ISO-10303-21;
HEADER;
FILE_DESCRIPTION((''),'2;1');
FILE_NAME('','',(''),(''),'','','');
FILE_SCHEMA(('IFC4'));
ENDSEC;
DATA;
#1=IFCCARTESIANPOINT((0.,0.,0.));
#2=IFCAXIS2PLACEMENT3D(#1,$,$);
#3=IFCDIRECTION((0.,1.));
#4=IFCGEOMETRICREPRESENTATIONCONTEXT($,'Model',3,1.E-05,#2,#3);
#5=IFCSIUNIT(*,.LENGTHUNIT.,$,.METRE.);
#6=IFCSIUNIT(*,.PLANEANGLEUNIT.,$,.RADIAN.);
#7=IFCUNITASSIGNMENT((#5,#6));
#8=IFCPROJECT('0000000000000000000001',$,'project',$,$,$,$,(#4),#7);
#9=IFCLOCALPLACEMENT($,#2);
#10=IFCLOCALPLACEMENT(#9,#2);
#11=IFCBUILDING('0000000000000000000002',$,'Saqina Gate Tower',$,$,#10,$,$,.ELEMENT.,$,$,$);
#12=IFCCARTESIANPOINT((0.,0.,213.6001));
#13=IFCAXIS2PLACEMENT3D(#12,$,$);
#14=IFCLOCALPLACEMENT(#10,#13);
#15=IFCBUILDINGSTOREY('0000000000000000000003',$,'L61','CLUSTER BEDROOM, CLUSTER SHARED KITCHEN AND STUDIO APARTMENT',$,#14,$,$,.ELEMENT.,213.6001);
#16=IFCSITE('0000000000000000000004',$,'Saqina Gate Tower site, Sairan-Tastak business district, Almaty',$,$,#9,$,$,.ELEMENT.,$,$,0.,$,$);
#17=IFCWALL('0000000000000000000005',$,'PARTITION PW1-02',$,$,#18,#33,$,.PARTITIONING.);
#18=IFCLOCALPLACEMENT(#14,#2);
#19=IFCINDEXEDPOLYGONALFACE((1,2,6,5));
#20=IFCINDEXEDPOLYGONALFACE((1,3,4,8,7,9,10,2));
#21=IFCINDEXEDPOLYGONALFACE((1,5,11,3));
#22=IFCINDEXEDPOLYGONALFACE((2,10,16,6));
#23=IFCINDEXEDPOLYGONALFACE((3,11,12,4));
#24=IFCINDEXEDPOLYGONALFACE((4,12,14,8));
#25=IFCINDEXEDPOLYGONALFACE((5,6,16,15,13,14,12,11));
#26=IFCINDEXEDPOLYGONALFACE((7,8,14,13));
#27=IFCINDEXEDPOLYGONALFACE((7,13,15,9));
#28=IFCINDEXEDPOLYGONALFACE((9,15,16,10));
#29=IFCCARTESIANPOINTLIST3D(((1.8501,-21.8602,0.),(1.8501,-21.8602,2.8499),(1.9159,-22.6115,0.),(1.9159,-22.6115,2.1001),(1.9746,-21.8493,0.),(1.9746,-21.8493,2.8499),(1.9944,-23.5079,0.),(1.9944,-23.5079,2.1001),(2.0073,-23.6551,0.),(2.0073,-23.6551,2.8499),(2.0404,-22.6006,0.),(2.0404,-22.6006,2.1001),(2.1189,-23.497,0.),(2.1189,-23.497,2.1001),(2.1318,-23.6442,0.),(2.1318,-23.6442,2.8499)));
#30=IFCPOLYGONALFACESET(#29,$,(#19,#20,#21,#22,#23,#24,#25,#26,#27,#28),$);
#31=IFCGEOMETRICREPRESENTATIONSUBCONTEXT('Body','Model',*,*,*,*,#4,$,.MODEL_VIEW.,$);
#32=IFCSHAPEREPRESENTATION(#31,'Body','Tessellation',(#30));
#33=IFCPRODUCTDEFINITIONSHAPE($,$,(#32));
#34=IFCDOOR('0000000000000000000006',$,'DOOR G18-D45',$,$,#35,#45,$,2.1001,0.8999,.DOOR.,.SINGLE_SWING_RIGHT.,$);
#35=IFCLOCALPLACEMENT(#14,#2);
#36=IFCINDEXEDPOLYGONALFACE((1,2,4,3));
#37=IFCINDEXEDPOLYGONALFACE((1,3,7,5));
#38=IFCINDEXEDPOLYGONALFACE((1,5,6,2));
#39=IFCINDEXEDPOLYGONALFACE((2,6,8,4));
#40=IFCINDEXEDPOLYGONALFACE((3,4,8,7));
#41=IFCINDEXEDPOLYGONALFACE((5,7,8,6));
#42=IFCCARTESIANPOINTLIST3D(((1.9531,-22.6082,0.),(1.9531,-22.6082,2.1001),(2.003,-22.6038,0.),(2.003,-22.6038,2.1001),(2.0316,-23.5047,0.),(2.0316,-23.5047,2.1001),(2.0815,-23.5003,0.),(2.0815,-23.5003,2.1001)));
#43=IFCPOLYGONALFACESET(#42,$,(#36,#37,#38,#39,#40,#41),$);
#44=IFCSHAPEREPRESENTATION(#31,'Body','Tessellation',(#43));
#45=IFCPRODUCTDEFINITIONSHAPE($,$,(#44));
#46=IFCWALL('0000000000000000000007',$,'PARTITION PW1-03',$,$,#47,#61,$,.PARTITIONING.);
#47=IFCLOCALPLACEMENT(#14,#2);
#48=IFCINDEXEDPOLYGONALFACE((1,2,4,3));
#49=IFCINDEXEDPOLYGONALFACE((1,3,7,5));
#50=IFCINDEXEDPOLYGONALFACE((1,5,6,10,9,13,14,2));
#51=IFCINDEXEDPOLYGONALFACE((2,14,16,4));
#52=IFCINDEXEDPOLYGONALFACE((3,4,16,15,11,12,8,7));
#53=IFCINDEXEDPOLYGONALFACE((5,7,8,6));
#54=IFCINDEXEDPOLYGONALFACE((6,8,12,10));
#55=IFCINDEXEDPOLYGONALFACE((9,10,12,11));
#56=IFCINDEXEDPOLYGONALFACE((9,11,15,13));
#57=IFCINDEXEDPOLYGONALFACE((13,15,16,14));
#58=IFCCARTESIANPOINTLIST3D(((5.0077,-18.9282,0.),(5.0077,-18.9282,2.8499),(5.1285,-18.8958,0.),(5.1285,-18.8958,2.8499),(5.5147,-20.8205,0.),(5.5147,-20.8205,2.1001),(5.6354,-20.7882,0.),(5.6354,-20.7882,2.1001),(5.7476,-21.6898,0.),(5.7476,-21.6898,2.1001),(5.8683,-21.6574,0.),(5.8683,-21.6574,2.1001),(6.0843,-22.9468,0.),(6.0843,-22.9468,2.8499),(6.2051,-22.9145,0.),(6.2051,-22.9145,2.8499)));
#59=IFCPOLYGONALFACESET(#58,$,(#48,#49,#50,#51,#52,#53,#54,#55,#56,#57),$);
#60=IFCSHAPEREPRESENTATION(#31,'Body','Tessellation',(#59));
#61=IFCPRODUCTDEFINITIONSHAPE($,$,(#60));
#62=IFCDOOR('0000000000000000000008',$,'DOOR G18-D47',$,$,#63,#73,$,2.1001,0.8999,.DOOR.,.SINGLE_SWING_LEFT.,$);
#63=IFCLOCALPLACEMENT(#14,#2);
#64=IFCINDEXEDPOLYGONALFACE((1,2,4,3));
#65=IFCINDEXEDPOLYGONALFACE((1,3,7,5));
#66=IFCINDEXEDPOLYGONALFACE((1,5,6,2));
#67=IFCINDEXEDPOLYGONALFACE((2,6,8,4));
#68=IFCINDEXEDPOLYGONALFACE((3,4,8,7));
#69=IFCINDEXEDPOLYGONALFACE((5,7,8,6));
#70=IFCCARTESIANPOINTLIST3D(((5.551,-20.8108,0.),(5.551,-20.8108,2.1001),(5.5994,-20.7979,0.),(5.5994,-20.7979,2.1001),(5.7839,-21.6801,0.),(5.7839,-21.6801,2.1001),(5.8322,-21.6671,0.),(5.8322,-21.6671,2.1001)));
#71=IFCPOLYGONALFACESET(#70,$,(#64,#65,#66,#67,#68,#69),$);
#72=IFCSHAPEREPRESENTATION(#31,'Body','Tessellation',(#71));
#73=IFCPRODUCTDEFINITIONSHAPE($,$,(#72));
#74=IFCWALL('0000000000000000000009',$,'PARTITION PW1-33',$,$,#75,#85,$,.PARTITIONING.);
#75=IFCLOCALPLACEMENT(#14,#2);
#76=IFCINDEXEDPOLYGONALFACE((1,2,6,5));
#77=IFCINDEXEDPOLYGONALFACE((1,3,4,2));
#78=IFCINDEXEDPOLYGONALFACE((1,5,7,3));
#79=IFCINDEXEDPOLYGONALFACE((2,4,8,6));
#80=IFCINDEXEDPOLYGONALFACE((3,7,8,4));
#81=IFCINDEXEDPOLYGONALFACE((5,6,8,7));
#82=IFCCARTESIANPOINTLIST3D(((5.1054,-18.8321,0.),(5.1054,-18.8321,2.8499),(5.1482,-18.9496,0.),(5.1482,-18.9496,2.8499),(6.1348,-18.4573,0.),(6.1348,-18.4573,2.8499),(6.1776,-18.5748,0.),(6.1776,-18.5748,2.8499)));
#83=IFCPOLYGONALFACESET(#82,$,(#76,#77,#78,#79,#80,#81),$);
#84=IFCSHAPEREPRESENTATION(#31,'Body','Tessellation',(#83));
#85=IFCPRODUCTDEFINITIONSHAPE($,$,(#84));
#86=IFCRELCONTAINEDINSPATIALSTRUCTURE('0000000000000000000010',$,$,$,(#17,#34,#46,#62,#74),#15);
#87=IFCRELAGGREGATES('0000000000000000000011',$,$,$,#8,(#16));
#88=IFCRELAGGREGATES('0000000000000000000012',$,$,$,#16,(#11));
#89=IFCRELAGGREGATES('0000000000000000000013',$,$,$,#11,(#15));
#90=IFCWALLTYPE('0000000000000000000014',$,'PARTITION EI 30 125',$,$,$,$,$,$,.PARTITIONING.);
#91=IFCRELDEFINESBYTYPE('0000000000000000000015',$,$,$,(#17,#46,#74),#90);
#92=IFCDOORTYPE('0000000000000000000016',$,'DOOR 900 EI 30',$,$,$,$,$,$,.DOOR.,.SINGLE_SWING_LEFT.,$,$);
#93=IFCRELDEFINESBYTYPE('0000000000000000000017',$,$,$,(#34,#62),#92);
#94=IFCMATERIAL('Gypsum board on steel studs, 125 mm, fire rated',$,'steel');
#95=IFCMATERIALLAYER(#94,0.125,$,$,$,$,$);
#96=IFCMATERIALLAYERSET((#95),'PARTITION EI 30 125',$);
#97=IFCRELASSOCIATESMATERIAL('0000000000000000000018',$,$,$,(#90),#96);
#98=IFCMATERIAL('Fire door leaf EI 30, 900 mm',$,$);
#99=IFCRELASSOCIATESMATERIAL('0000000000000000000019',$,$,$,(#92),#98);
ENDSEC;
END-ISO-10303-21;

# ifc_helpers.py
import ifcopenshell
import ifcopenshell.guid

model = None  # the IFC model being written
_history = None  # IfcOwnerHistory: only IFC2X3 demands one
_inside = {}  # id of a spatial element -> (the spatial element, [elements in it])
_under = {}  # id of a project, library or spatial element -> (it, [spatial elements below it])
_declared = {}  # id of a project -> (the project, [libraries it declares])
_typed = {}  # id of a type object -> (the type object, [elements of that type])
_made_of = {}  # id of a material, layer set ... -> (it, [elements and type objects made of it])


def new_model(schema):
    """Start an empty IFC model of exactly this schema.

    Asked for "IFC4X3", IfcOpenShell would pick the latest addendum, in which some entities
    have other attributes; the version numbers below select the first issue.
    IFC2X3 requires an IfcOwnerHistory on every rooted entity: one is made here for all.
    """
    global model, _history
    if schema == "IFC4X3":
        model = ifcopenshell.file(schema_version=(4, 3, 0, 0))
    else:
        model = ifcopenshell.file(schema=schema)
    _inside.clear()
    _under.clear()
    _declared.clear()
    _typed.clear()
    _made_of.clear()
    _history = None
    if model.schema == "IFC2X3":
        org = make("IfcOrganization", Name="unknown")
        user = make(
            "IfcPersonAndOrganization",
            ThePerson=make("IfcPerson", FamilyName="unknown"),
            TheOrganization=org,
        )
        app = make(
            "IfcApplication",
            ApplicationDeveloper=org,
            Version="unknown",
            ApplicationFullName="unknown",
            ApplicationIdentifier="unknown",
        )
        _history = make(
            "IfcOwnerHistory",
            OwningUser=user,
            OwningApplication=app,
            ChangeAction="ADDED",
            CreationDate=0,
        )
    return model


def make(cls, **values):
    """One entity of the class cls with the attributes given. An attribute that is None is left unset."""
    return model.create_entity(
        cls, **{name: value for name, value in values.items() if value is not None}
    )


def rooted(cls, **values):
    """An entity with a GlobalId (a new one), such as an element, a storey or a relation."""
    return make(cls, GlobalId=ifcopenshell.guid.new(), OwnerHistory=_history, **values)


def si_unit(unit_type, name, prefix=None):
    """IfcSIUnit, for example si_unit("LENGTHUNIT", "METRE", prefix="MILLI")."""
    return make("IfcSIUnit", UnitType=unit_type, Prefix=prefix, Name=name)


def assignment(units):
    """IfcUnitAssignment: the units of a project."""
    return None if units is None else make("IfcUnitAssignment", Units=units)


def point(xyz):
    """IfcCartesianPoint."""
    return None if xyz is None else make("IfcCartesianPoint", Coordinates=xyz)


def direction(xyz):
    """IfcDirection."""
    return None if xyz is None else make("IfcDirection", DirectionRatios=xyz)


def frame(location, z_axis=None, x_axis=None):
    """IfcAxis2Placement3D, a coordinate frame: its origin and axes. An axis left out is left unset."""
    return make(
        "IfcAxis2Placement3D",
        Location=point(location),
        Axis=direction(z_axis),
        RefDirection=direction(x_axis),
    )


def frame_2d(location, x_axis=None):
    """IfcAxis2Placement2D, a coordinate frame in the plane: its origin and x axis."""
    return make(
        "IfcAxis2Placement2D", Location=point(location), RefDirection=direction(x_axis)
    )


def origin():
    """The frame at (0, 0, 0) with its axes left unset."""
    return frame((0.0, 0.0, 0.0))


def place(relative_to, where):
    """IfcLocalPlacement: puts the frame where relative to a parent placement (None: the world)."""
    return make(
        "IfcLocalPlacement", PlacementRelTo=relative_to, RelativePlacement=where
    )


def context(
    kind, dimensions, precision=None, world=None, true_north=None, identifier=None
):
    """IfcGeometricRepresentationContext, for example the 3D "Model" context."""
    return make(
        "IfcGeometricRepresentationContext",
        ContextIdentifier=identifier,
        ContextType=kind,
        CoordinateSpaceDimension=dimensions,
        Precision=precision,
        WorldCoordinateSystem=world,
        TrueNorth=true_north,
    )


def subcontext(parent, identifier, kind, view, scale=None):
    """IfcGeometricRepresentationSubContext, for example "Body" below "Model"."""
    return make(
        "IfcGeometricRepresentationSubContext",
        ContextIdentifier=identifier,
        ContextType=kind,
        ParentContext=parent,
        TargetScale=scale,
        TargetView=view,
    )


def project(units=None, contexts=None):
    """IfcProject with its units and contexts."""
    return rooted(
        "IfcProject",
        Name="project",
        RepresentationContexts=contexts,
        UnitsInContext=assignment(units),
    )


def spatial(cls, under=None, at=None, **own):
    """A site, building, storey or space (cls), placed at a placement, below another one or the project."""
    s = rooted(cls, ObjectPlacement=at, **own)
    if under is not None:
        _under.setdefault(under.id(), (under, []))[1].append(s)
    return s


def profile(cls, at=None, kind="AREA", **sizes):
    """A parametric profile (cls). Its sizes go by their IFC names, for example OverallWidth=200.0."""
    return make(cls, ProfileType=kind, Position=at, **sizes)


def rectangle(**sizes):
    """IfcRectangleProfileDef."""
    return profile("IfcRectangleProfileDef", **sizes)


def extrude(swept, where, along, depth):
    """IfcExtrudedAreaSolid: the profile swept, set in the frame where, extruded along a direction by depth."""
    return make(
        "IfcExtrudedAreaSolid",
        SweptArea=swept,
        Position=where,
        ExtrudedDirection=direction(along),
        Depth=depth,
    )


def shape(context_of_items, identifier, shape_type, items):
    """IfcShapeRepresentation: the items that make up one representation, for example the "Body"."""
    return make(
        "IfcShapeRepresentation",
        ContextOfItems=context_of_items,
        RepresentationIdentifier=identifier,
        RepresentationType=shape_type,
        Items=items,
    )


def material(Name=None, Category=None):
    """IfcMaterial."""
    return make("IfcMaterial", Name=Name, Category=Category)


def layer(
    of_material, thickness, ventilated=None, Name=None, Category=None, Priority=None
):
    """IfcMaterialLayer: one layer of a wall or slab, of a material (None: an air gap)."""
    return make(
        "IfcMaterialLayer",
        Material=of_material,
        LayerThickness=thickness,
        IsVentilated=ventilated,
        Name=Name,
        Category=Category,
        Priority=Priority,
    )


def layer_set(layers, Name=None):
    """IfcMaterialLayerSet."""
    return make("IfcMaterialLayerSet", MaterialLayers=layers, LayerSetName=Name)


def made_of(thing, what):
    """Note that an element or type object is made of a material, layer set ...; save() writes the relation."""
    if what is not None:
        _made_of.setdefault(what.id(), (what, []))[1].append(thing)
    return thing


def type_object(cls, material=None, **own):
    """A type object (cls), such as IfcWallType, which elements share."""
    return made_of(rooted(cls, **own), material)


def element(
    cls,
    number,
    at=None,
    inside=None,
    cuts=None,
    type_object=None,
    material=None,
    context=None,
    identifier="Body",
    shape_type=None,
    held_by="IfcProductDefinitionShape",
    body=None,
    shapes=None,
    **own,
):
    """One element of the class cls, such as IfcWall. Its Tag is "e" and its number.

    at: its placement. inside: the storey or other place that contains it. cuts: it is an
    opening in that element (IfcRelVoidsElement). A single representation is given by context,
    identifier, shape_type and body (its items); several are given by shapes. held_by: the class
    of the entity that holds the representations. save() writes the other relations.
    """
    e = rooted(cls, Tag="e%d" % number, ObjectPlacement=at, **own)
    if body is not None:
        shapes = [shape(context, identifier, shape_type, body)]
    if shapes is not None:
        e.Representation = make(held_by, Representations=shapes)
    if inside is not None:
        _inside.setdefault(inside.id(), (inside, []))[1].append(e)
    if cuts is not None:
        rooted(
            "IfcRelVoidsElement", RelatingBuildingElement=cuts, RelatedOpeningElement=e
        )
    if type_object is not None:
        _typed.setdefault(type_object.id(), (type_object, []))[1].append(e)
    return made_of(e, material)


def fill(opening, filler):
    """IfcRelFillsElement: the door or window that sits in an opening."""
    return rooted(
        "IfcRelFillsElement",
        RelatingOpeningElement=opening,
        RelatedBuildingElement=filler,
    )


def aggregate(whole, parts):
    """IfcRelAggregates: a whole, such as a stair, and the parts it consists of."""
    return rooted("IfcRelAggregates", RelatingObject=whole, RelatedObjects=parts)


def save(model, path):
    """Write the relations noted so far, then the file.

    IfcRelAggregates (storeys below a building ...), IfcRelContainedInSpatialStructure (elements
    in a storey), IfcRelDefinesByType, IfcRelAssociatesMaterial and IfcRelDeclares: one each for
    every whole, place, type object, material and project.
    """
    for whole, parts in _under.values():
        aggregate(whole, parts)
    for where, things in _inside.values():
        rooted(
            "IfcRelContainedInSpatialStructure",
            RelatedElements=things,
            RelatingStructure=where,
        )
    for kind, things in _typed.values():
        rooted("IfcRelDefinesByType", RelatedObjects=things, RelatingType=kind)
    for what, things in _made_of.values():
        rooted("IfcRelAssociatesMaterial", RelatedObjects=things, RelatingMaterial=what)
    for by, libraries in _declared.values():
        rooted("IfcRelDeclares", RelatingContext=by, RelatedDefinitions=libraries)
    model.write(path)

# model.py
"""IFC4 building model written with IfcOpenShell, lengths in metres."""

from ifc_helpers import new_model, si_unit, direction, frame, frame_2d, origin, place, context, subcontext, project, spatial, rectangle, extrude, material, layer, layer_set, type_object, element, fill, save


model = new_model("IFC4")

# Units and contexts
model_context = context("Model", 3, precision=1e-05, world=origin(), true_north=direction((0.0, 1.0)))
body_context = subcontext(model_context, "Body", "Model", "MODEL_VIEW")
ifc_project = project(units=[si_unit("LENGTHUNIT", "METRE"), si_unit("PLANEANGLEUNIT", "RADIAN")], contexts=[model_context])

# Site, building, storey
site_placement = place(None, origin())
site = spatial("IfcSite", under=ifc_project, at=site_placement, Name="Saqina Gate Tower site, Sairan-Tastak business district, Almaty", CompositionType="ELEMENT", RefElevation=0.0)
building_placement = place(site_placement, origin())
building = spatial("IfcBuilding", under=site, at=building_placement, Name="Saqina Gate Tower", CompositionType="ELEMENT")
storey_placement = place(building_placement, frame((0.0, 0.0, 213.6001)))
storey = spatial("IfcBuildingStorey", under=building, at=storey_placement, Name="L61", Description="CLUSTER BEDROOM, CLUSTER SHARED KITCHEN AND STUDIO APARTMENT", CompositionType="ELEMENT", Elevation=213.6001)

# Walls, openings, doors
ifc_material_1 = material(Name="Gypsum board on steel studs, 125 mm, fire rated", Category="steel")
ifc_layer_1 = layer(ifc_material_1, 0.125)
ifc_layer_set_1 = layer_set([ifc_layer_1], Name="PARTITION EI 30 125")
wall_type_1 = type_object("IfcWallType", Name="PARTITION EI 30 125", PredefinedType="PARTITIONING", material=ifc_layer_set_1)
wall_1_placement = place(storey_placement, frame((1.9124, -21.8547, 0.0), z_axis=(0.0, 0.0, 1.0), x_axis=(0.087261, -0.996185, 0.0)))
wall_1 = element("IfcWall", 1, at=wall_1_placement, inside=storey, type_object=wall_type_1, Name="PARTITION PW1-02", PredefinedType="PARTITIONING", context=body_context, shape_type="SweptSolid", body=[
    extrude(rectangle(XDim=1.8018, YDim=0.125, at=frame_2d((0.9009, 0.0))), origin(), (0.0, 0.0, 1.0), 2.8499),
])
opening_1_placement = place(wall_1_placement, frame((0.7542, 0.0, 0.0)))
opening_1 = element("IfcOpeningElement", 2, at=opening_1_placement, cuts=wall_1, PredefinedType="OPENING", context=body_context, shape_type="SweptSolid", body=[
    extrude(rectangle(XDim=0.8999, YDim=2.1001, at=frame_2d((0.45, 1.05))), frame((0.0, 0.0745, 0.0), z_axis=(0.0, -1.0, 0.0), x_axis=(1.0, 0.0, 0.0)), (0.0, 0.0, 1.0), 0.1489),
])
ifc_material_2 = material(Name="Fire door leaf EI 30, 900 mm")
door_type_1 = type_object("IfcDoorType", Name="DOOR 900 EI 30", OperationType="SINGLE_SWING_LEFT", PredefinedType="DOOR", material=ifc_material_2)
door_1_placement = place(opening_1_placement, origin())
door_1 = element("IfcDoor", 3, at=door_1_placement, inside=storey, type_object=door_type_1, Name="DOOR G18-D45", OperationType="SINGLE_SWING_RIGHT", OverallHeight=2.1001, OverallWidth=0.8999, PredefinedType="DOOR", context=body_context, shape_type="SweptSolid", body=[
    extrude(rectangle(XDim=0.8999, YDim=2.1001, at=frame_2d((0.45, 1.05))), frame((0.0, 0.0249, 0.0), z_axis=(0.0, -1.0, 0.0), x_axis=(1.0, 0.0, 0.0)), (0.0, 0.0, 1.0), 0.05),
])
fill(opening_1, door_1)
wall_2_placement = place(storey_placement, frame((5.0681, -18.9121, 0.0), z_axis=(0.0, 0.0, 1.0), x_axis=(0.25878, -0.965936, 0.0)))
wall_2 = element("IfcWall", 4, at=wall_2_placement, inside=storey, type_object=wall_type_1, Name="PARTITION PW1-03", PredefinedType="PARTITIONING", context=body_context, shape_type="SweptSolid", body=[
    extrude(rectangle(XDim=4.1604, YDim=0.125, at=frame_2d((2.0801, 0.0))), origin(), (0.0, 0.0, 1.0), 2.8499),
])
opening_2_placement = place(wall_2_placement, frame((1.959, 0.0, 0.0)))
opening_2 = element("IfcOpeningElement", 5, at=opening_2_placement, cuts=wall_2, PredefinedType="OPENING", context=body_context, shape_type="SweptSolid", body=[
    extrude(rectangle(XDim=0.8999, YDim=2.1001, at=frame_2d((0.45, 1.05))), frame((0.0, 0.0745, 0.0), z_axis=(0.0, -1.0, 0.0), x_axis=(1.0, 0.0, 0.0)), (0.0, 0.0, 1.0), 0.1489),
])
door_2_placement = place(opening_2_placement, frame((0.8999, 0.0, 0.0), z_axis=(0.0, 0.0, 1.0), x_axis=(-1.0, 0.0, 0.0)))
door_2 = element("IfcDoor", 6, at=door_2_placement, inside=storey, type_object=door_type_1, Name="DOOR G18-D47", OperationType="SINGLE_SWING_LEFT", OverallHeight=2.1001, OverallWidth=0.8999, PredefinedType="DOOR", context=body_context, shape_type="SweptSolid", body=[
    extrude(rectangle(XDim=0.8999, YDim=2.1001, at=frame_2d((0.45, 1.05))), frame((0.0, 0.0249, 0.0), z_axis=(0.0, -1.0, 0.0), x_axis=(1.0, 0.0, 0.0)), (0.0, 0.0, 1.0), 0.05),
])
fill(opening_2, door_2)

# Wall
wall_3_placement = place(storey_placement, frame((5.1267, -18.8909, 0.0), z_axis=(0.0, 0.0, 1.0), x_axis=(0.939657, 0.342119, 0.0)))
element("IfcWall", 7, at=wall_3_placement, inside=storey, type_object=wall_type_1, Name="PARTITION PW1-33", PredefinedType="PARTITIONING", context=body_context, shape_type="SweptSolid", body=[
    extrude(rectangle(XDim=1.0955, YDim=0.125, at=frame_2d((0.5479, 0.0))), origin(), (0.0, 0.0, 1.0), 2.8499),
])

save(model, "model.ifc")
